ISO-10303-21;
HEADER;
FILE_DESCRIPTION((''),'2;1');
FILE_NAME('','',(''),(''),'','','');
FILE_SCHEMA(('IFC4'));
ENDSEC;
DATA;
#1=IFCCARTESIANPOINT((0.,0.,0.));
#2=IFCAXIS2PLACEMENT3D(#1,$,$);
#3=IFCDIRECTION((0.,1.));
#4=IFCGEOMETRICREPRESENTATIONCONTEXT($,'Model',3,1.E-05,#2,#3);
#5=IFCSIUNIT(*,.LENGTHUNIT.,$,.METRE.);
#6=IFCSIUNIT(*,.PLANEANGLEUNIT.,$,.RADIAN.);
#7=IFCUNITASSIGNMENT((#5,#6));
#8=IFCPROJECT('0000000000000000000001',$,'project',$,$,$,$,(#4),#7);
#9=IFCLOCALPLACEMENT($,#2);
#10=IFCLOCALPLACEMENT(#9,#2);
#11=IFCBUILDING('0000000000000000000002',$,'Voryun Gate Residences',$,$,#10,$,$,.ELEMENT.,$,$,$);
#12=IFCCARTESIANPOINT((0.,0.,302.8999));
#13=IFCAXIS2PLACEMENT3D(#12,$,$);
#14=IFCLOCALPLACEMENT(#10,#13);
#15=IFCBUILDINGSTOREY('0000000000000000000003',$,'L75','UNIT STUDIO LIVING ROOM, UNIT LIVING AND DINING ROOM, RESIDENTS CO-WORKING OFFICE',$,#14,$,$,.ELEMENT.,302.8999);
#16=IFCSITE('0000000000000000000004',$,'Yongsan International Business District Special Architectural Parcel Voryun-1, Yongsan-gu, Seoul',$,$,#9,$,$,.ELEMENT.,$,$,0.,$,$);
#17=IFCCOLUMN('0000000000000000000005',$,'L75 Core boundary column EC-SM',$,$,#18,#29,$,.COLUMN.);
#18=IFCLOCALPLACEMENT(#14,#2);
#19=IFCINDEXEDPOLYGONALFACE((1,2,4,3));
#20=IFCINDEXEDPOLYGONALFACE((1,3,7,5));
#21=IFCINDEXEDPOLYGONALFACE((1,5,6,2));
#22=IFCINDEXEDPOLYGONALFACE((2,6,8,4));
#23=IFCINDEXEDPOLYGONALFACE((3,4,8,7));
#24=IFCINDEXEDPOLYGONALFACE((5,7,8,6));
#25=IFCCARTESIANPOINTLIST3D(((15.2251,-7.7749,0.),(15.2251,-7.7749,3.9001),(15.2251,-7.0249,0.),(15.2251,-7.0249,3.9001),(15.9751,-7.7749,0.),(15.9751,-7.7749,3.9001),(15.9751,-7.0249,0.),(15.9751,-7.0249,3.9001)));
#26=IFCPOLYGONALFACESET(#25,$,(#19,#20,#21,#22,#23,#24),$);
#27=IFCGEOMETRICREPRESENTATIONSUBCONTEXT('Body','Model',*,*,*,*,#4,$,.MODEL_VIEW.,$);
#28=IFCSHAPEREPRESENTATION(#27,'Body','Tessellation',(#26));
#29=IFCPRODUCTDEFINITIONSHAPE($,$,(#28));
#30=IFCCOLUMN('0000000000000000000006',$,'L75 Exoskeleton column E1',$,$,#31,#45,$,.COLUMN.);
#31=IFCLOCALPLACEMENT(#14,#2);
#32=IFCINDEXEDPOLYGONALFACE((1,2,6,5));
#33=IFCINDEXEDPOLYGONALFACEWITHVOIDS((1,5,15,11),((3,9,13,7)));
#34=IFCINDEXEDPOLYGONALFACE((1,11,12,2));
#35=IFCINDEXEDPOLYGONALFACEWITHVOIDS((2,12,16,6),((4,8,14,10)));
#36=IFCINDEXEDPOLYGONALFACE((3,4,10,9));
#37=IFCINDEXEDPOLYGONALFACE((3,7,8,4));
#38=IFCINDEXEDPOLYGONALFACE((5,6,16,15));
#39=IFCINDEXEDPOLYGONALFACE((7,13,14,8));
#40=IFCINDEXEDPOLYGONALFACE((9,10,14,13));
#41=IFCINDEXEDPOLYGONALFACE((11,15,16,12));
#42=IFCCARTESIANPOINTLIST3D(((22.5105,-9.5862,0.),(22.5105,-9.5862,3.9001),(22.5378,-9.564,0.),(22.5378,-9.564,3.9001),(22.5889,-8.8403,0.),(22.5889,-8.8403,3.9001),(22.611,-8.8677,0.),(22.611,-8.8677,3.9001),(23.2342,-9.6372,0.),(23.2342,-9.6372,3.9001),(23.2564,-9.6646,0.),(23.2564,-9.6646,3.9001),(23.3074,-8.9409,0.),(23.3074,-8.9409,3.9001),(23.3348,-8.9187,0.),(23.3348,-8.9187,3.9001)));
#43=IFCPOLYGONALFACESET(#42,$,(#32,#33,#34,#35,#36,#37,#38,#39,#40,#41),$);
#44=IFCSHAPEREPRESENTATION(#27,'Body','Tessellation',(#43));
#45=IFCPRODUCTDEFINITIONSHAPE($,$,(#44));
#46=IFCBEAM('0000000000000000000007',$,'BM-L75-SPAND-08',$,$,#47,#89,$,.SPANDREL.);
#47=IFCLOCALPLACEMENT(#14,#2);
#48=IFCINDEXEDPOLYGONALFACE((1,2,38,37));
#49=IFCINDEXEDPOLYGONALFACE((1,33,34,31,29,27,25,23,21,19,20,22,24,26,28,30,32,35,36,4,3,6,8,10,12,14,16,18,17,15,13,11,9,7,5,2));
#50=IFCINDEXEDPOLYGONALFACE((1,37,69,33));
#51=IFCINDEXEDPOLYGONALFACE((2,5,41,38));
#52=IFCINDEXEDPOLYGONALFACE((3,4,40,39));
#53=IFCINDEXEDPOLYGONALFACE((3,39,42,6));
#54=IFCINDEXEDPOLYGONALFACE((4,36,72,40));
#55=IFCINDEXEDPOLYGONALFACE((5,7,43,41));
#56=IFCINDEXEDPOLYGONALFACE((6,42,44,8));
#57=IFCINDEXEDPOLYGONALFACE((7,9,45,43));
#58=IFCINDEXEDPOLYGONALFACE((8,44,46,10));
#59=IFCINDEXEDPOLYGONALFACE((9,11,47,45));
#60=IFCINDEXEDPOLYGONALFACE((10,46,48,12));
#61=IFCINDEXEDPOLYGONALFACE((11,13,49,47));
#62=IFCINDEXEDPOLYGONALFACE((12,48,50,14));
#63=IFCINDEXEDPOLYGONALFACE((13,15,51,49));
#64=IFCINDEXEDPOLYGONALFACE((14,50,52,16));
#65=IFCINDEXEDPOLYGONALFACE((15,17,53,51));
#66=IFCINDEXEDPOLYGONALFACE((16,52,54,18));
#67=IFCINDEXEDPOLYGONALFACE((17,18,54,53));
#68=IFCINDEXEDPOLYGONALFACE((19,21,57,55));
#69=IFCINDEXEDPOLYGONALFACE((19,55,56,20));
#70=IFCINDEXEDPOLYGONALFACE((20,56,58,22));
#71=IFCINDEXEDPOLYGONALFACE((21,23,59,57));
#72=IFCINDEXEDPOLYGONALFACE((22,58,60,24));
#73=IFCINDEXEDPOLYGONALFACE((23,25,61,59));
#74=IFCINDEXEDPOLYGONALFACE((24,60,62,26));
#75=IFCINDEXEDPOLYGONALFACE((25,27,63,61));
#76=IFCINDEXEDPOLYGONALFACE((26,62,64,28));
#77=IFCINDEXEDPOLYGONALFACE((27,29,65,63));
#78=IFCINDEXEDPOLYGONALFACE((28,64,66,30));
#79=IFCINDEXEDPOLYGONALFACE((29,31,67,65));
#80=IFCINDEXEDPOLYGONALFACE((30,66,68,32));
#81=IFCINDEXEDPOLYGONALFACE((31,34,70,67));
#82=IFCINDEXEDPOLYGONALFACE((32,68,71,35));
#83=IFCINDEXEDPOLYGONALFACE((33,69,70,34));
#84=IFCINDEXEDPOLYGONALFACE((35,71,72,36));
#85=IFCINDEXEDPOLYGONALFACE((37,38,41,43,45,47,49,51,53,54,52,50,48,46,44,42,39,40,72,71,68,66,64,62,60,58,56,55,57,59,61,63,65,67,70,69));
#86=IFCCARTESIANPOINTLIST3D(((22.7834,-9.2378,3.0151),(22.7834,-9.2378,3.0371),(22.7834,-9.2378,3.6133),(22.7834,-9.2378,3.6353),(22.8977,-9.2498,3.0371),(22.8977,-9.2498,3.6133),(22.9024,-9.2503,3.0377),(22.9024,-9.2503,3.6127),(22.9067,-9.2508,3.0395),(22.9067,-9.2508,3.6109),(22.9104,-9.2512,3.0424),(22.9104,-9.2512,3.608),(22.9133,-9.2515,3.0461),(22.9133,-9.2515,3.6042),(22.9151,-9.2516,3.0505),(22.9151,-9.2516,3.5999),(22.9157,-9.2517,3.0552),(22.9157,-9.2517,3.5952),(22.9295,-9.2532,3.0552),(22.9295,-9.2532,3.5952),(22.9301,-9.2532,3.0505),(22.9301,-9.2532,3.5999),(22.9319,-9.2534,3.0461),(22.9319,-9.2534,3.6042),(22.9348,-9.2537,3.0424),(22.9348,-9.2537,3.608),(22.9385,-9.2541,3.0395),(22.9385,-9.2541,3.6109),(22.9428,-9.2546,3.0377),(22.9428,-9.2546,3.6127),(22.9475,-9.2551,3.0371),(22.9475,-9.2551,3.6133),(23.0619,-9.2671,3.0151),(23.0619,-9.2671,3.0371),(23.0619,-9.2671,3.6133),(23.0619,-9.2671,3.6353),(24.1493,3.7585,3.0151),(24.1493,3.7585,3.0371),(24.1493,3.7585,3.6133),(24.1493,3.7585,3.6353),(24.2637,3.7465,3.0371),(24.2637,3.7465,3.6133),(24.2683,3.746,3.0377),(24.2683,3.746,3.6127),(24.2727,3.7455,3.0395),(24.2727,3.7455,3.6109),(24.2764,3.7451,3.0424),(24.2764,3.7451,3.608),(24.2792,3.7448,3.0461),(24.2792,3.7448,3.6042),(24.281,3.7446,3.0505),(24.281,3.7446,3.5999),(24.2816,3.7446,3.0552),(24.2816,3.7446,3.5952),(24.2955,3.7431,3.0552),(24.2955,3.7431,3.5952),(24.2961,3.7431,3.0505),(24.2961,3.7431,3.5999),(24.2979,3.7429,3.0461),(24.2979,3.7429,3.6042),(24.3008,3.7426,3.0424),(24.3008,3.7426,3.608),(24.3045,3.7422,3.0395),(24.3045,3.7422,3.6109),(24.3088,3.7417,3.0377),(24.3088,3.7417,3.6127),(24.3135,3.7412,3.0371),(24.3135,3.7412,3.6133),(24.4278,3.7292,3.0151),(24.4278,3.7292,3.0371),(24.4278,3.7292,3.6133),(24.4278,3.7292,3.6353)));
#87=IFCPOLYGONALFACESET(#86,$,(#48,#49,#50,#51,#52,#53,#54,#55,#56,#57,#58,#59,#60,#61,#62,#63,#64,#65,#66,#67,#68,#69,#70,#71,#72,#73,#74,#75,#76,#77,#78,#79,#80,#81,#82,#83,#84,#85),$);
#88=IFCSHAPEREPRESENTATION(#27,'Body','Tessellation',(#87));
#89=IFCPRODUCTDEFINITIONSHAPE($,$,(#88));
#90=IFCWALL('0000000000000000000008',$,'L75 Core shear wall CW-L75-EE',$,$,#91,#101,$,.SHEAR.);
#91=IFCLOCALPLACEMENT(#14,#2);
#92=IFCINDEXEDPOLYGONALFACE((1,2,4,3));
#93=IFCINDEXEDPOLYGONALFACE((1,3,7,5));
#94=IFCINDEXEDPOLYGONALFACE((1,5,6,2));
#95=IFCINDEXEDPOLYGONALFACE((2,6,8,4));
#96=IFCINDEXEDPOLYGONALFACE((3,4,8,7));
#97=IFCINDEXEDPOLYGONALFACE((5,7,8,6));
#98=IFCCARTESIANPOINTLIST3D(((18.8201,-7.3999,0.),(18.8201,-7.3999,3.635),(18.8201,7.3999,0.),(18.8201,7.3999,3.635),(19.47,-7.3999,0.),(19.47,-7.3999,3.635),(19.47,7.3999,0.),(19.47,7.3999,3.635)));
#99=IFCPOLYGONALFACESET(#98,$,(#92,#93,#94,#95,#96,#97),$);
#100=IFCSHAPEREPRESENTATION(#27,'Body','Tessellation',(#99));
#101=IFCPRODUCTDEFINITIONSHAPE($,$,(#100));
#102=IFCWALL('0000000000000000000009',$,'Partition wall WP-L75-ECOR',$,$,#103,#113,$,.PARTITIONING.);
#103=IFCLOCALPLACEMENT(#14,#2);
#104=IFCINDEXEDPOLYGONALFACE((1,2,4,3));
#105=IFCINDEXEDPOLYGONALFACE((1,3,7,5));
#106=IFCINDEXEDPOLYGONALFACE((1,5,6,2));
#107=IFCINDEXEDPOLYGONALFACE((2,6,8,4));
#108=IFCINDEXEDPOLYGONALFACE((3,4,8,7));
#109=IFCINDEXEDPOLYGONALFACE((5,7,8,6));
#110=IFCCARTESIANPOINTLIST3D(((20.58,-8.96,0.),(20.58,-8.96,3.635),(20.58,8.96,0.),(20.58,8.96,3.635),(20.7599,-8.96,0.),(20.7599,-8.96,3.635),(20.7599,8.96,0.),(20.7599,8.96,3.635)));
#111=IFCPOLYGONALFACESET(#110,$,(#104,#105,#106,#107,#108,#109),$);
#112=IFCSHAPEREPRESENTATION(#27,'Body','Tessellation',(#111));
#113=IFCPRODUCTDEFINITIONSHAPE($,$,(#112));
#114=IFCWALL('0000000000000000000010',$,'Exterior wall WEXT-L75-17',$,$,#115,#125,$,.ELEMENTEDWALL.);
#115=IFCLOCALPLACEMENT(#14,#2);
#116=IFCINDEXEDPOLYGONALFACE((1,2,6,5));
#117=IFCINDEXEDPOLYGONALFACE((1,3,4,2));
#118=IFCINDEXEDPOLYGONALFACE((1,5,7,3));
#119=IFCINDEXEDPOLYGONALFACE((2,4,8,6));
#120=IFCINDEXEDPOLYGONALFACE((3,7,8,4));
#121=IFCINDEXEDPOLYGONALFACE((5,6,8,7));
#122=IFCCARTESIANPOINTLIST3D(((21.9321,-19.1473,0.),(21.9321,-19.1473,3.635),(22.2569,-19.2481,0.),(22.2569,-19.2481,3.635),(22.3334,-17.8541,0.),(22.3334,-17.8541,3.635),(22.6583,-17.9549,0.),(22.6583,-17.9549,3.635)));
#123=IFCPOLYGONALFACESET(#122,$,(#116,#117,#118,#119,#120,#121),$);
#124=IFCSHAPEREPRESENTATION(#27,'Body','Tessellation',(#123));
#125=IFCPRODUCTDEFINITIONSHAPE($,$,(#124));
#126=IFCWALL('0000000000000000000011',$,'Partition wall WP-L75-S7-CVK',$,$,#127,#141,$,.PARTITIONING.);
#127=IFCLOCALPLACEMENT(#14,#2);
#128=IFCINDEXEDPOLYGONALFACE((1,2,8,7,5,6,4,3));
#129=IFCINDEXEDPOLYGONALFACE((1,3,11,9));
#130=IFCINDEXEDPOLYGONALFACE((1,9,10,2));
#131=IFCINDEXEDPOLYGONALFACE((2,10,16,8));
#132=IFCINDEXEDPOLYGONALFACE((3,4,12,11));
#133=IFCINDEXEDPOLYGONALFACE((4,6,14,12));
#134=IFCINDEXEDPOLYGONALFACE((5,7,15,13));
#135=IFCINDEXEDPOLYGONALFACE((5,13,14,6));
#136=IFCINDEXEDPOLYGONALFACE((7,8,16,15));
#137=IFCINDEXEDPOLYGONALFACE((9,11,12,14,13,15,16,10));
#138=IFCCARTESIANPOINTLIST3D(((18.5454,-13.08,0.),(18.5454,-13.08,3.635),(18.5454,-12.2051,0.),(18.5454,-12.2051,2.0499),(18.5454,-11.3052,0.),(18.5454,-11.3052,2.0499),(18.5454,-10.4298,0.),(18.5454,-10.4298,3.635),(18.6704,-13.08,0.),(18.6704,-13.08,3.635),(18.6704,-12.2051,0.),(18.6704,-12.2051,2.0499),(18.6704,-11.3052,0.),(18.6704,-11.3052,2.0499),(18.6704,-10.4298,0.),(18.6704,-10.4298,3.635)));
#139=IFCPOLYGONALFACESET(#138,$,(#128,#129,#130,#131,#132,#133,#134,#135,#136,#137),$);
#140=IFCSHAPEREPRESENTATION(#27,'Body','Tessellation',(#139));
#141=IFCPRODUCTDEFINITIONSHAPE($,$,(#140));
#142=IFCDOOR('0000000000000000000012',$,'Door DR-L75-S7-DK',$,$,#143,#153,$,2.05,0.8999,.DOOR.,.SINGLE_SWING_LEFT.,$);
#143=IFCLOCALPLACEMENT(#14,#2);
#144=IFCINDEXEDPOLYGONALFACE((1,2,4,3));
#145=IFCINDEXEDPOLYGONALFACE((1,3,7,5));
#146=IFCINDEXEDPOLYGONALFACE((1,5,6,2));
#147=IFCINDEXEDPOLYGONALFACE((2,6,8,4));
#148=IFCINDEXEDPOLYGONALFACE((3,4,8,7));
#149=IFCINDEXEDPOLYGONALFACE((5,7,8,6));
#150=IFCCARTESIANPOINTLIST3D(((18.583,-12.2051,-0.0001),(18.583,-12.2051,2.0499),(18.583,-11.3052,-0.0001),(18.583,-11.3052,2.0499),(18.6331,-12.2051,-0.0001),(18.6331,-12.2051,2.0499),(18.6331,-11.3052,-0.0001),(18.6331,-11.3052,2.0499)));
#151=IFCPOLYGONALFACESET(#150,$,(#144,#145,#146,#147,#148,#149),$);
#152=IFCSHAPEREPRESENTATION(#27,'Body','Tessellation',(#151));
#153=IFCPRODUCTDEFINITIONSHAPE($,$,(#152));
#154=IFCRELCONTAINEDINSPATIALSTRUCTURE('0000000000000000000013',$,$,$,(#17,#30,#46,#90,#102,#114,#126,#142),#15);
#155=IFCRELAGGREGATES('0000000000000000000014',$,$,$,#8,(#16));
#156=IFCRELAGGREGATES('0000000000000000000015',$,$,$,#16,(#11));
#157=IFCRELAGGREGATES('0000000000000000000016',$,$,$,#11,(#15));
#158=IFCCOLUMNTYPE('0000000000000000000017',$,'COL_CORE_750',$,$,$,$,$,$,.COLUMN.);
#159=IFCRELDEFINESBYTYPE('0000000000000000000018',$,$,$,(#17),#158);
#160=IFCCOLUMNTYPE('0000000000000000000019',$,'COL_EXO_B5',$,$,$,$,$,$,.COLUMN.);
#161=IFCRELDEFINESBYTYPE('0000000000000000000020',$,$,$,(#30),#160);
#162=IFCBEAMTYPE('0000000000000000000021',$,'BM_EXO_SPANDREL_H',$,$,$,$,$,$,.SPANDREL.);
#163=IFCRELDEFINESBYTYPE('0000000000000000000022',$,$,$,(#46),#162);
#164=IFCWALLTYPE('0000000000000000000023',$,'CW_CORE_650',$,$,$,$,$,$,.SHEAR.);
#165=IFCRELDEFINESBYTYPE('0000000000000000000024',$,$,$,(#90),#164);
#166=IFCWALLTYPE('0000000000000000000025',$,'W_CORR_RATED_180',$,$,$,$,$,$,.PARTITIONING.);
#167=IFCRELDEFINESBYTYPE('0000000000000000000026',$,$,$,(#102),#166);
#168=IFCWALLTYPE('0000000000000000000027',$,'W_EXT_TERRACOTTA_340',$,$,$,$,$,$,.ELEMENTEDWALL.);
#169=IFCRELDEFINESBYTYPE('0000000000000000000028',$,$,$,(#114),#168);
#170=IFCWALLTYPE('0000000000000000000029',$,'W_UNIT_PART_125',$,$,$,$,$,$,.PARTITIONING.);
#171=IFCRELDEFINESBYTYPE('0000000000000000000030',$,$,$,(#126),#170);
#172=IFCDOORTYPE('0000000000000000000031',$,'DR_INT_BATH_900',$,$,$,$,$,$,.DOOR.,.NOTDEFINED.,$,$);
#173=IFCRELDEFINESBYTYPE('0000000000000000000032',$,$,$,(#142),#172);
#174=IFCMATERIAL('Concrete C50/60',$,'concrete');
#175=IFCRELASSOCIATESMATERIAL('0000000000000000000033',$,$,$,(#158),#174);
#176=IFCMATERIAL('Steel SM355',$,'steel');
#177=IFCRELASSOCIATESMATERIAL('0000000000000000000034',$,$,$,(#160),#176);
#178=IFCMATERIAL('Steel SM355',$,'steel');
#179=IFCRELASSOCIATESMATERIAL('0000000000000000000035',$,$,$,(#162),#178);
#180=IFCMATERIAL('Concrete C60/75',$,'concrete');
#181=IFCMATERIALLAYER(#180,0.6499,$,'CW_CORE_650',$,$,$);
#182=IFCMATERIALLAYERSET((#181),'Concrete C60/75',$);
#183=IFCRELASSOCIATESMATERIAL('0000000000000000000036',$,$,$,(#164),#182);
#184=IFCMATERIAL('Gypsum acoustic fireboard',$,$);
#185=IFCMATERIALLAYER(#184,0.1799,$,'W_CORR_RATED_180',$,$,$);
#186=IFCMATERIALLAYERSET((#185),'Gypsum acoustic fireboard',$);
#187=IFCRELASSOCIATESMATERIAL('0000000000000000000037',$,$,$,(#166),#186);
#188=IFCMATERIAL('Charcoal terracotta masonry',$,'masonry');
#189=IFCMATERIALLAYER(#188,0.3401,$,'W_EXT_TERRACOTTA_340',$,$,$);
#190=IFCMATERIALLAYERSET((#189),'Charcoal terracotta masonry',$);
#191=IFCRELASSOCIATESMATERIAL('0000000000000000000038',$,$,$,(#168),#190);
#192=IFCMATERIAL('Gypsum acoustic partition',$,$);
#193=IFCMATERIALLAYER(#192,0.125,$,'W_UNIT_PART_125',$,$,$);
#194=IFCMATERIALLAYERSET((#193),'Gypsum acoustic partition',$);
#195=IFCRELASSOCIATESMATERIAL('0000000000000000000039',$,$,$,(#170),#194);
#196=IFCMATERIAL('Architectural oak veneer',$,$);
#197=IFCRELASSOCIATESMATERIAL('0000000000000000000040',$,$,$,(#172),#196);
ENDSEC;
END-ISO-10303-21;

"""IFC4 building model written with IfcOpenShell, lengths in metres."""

from ifc_helpers import new_model, si_unit, direction, frame, frame_2d, origin, origin_2d, place, context, subcontext, project, spatial, rectangle, hollow_rectangle, i_section, extrude, material, layer, layer_set, material_profile, profile_set, type_object, element, fill, save


model = new_model("IFC4")

# Units and contexts
model_context = context("Model", 3, precision=1e-05, world=origin(), true_north=direction((0.0, 1.0)))
body_context = subcontext(model_context, "Body", "Model", "MODEL_VIEW")
ifc_project = project(units=[si_unit("LENGTHUNIT", "METRE"), si_unit("PLANEANGLEUNIT", "RADIAN")], contexts=[model_context])

# Site, building, storey
site_placement = place(None, origin())
site = spatial("IfcSite", under=ifc_project, at=site_placement, Name="Yongsan International Business District Special Architectural Parcel Voryun-1, Yongsan-gu, Seoul", CompositionType="ELEMENT", RefElevation=0.0)
building_placement = place(site_placement, origin())
building = spatial("IfcBuilding", under=site, at=building_placement, Name="Voryun Gate Residences", CompositionType="ELEMENT")
storey_placement = place(building_placement, frame((0.0, 0.0, 302.8999)))
storey = spatial("IfcBuildingStorey", under=building, at=storey_placement, Name="L75", Description="UNIT STUDIO LIVING ROOM, UNIT LIVING AND DINING ROOM, RESIDENTS CO-WORKING OFFICE", CompositionType="ELEMENT", Elevation=302.8999)

# Columns
ifc_material_1 = material(Name="Concrete C50/60", Category="concrete")
ifc_material_profile_1 = material_profile(ifc_material_1, rectangle(XDim=0.75, YDim=0.75, at=origin_2d()), Name="RC-750x750")
ifc_profile_set_1 = profile_set([ifc_material_profile_1], Name="Concrete C50/60")
column_type_1 = type_object("IfcColumnType", Name="COL_CORE_750", PredefinedType="COLUMN", material=ifc_profile_set_1)
column_1_placement = place(storey_placement, frame((15.6001, -7.3999, 0.0), z_axis=(0.0, 0.0, 1.0), x_axis=(1.0, 0.0, 0.0)))
element("IfcColumn", 1, at=column_1_placement, inside=storey, type_object=column_type_1, Name="L75 Core boundary column EC-SM", PredefinedType="COLUMN", context=body_context, shape_type="SweptSolid", body=[
    extrude(rectangle(XDim=0.75, YDim=0.75, at=origin_2d()), origin(), (0.0, 0.0, 1.0), 3.9001),
])
ifc_material_2 = material(Name="Steel SM355", Category="steel")
ifc_material_profile_2 = material_profile(ifc_material_2, hollow_rectangle(XDim=0.75, YDim=0.75, WallThickness=0.0249, at=origin_2d()), Name="BOX-750x750x25")
ifc_profile_set_2 = profile_set([ifc_material_profile_2], Name="Steel SM355")
column_type_2 = type_object("IfcColumnType", Name="COL_EXO_B5", PredefinedType="COLUMN", material=ifc_profile_set_2)
column_2_placement = place(storey_placement, frame((22.9226, -9.2524, 0.0), z_axis=(0.0, 0.0, 1.0), x_axis=(0.994522, -0.104528, 0.0)))
element("IfcColumn", 2, at=column_2_placement, inside=storey, type_object=column_type_2, Name="L75 Exoskeleton column E1", PredefinedType="COLUMN", context=body_context, shape_type="SweptSolid", body=[
    extrude(hollow_rectangle(XDim=0.75, YDim=0.75, WallThickness=0.0249, at=origin_2d()), origin(), (0.0, 0.0, 1.0), 3.9001),
])

# Beam
ifc_material_3 = material(Name="Steel SM355", Category="steel")
ifc_material_profile_3 = material_profile(ifc_material_3, i_section(OverallWidth=0.28, OverallDepth=0.6201, WebThickness=0.0139, FlangeThickness=0.022, FilletRadius=0.0181, at=origin_2d()), Name="H-620x280x14x22")
ifc_profile_set_3 = profile_set([ifc_material_profile_3], Name="Steel SM355")
beam_type = type_object("IfcBeamType", Name="BM_EXO_SPANDREL_H", PredefinedType="SPANDREL", material=ifc_profile_set_3)
beam_placement = place(storey_placement, frame((22.9226, -9.2524, 3.3252), z_axis=(0.104528, 0.994522, 0.0), x_axis=(-0.994522, 0.104528, 0.0)))
element("IfcBeam", 3, at=beam_placement, inside=storey, type_object=beam_type, Name="BM-L75-SPAND-08", PredefinedType="SPANDREL", context=body_context, shape_type="SweptSolid", body=[
    extrude(i_section(OverallWidth=0.28, OverallDepth=0.6201, WebThickness=0.0139, FlangeThickness=0.022, FilletRadius=0.0181, at=origin_2d()), origin(), (0.0, 0.0, 1.0), 13.0679),
])

# Walls
ifc_material_4 = material(Name="Concrete C60/75", Category="concrete")
ifc_layer_1 = layer(ifc_material_4, 0.6499, Name="CW_CORE_650")
ifc_layer_set_1 = layer_set([ifc_layer_1], Name="Concrete C60/75")
wall_type_1 = type_object("IfcWallType", Name="CW_CORE_650", PredefinedType="SHEAR", material=ifc_layer_set_1)
wall_1_placement = place(storey_placement, frame((19.145, -7.3999, 0.0), z_axis=(0.0, 0.0, 1.0), x_axis=(0.0, 1.0, 0.0)))
element("IfcWall", 4, at=wall_1_placement, inside=storey, type_object=wall_type_1, Name="L75 Core shear wall CW-L75-EE", PredefinedType="SHEAR", context=body_context, shape_type="SweptSolid", body=[
    extrude(rectangle(XDim=14.7998, YDim=0.6499, at=frame_2d((7.3999, 0.0))), origin(), (0.0, 0.0, 1.0), 3.635),
])
ifc_material_5 = material(Name="Gypsum acoustic fireboard")
ifc_layer_2 = layer(ifc_material_5, 0.1799, Name="W_CORR_RATED_180")
ifc_layer_set_2 = layer_set([ifc_layer_2], Name="Gypsum acoustic fireboard")
wall_type_2 = type_object("IfcWallType", Name="W_CORR_RATED_180", PredefinedType="PARTITIONING", material=ifc_layer_set_2)
wall_2_placement = place(storey_placement, frame((20.6699, -8.96, 0.0), z_axis=(0.0, 0.0, 1.0), x_axis=(0.0, 1.0, 0.0)))
element("IfcWall", 5, at=wall_2_placement, inside=storey, type_object=wall_type_2, Name="Partition wall WP-L75-ECOR", PredefinedType="PARTITIONING", context=body_context, shape_type="SweptSolid", body=[
    extrude(rectangle(XDim=17.9199, YDim=0.1799, at=frame_2d((8.96, 0.0))), origin(), (0.0, 0.0, 1.0), 3.635),
])
ifc_material_6 = material(Name="Charcoal terracotta masonry", Category="masonry")
ifc_layer_3 = layer(ifc_material_6, 0.3401, Name="W_EXT_TERRACOTTA_340")
ifc_layer_set_3 = layer_set([ifc_layer_3], Name="Charcoal terracotta masonry")
wall_type_3 = type_object("IfcWallType", Name="W_EXT_TERRACOTTA_340", PredefinedType="ELEMENTEDWALL", material=ifc_layer_set_3)
wall_3_placement = place(storey_placement, frame((22.4958, -17.9045, 0.0), z_axis=(0.0, 0.0, 1.0), x_axis=(-0.296416, -0.955059, 0.0)))
element("IfcWall", 6, at=wall_3_placement, inside=storey, type_object=wall_type_3, Name="Exterior wall WEXT-L75-17", PredefinedType="ELEMENTEDWALL", context=body_context, shape_type="SweptSolid", body=[
    extrude(rectangle(XDim=1.354, YDim=0.3401, at=frame_2d((0.677, 0.0))), origin(), (0.0, 0.0, 1.0), 3.635),
])

# Wall, opening, door
ifc_material_7 = material(Name="Gypsum acoustic partition")
ifc_layer_4 = layer(ifc_material_7, 0.125, Name="W_UNIT_PART_125")
ifc_layer_set_4 = layer_set([ifc_layer_4], Name="Gypsum acoustic partition")
wall_type_4 = type_object("IfcWallType", Name="W_UNIT_PART_125", PredefinedType="PARTITIONING", material=ifc_layer_set_4)
wall_4_placement = place(storey_placement, frame((18.6079, -13.0801, 0.0), z_axis=(0.0, 0.0, 1.0), x_axis=(0.0, 1.0, 0.0)))
wall_4 = element("IfcWall", 7, at=wall_4_placement, inside=storey, type_object=wall_type_4, Name="Partition wall WP-L75-S7-CVK", PredefinedType="PARTITIONING", context=body_context, shape_type="SweptSolid", body=[
    extrude(rectangle(XDim=2.6501, YDim=0.125, at=frame_2d((1.3252, 0.0))), origin(), (0.0, 0.0, 1.0), 3.635),
])
opening_1_placement = place(wall_4_placement, frame((0.875, 0.0, 0.0)))
opening_1 = element("IfcOpeningElement", 8, at=opening_1_placement, cuts=wall_4, PredefinedType="OPENING", context=body_context, shape_type="SweptSolid", body=[
    extrude(rectangle(XDim=0.8999, YDim=2.05, at=frame_2d((0.45, 1.0249))), frame((0.0, 0.0725, 0.0), z_axis=(0.0, -1.0, 0.0), x_axis=(1.0, 0.0, 0.0)), (0.0, 0.0, 1.0), 0.145),
])
ifc_material_8 = material(Name="Architectural oak veneer")
door_type = type_object("IfcDoorType", Name="DR_INT_BATH_900", OperationType="NOTDEFINED", PredefinedType="DOOR", material=ifc_material_8)
door_1_placement = place(opening_1_placement, origin())
door_1 = element("IfcDoor", 9, at=door_1_placement, inside=storey, type_object=door_type, Name="Door DR-L75-S7-DK", OperationType="SINGLE_SWING_LEFT", OverallHeight=2.05, OverallWidth=0.8999, PredefinedType="DOOR", context=body_context, shape_type="SweptSolid", body=[
    extrude(rectangle(XDim=0.8999, YDim=2.05, at=frame_2d((0.45, 1.0249))), frame((0.0, 0.0249, 0.0), z_axis=(0.0, -1.0, 0.0), x_axis=(1.0, 0.0, 0.0)), (0.0, 0.0, 1.0), 0.05),
])
fill(opening_1, door_1)

save(model, "model.ifc")
